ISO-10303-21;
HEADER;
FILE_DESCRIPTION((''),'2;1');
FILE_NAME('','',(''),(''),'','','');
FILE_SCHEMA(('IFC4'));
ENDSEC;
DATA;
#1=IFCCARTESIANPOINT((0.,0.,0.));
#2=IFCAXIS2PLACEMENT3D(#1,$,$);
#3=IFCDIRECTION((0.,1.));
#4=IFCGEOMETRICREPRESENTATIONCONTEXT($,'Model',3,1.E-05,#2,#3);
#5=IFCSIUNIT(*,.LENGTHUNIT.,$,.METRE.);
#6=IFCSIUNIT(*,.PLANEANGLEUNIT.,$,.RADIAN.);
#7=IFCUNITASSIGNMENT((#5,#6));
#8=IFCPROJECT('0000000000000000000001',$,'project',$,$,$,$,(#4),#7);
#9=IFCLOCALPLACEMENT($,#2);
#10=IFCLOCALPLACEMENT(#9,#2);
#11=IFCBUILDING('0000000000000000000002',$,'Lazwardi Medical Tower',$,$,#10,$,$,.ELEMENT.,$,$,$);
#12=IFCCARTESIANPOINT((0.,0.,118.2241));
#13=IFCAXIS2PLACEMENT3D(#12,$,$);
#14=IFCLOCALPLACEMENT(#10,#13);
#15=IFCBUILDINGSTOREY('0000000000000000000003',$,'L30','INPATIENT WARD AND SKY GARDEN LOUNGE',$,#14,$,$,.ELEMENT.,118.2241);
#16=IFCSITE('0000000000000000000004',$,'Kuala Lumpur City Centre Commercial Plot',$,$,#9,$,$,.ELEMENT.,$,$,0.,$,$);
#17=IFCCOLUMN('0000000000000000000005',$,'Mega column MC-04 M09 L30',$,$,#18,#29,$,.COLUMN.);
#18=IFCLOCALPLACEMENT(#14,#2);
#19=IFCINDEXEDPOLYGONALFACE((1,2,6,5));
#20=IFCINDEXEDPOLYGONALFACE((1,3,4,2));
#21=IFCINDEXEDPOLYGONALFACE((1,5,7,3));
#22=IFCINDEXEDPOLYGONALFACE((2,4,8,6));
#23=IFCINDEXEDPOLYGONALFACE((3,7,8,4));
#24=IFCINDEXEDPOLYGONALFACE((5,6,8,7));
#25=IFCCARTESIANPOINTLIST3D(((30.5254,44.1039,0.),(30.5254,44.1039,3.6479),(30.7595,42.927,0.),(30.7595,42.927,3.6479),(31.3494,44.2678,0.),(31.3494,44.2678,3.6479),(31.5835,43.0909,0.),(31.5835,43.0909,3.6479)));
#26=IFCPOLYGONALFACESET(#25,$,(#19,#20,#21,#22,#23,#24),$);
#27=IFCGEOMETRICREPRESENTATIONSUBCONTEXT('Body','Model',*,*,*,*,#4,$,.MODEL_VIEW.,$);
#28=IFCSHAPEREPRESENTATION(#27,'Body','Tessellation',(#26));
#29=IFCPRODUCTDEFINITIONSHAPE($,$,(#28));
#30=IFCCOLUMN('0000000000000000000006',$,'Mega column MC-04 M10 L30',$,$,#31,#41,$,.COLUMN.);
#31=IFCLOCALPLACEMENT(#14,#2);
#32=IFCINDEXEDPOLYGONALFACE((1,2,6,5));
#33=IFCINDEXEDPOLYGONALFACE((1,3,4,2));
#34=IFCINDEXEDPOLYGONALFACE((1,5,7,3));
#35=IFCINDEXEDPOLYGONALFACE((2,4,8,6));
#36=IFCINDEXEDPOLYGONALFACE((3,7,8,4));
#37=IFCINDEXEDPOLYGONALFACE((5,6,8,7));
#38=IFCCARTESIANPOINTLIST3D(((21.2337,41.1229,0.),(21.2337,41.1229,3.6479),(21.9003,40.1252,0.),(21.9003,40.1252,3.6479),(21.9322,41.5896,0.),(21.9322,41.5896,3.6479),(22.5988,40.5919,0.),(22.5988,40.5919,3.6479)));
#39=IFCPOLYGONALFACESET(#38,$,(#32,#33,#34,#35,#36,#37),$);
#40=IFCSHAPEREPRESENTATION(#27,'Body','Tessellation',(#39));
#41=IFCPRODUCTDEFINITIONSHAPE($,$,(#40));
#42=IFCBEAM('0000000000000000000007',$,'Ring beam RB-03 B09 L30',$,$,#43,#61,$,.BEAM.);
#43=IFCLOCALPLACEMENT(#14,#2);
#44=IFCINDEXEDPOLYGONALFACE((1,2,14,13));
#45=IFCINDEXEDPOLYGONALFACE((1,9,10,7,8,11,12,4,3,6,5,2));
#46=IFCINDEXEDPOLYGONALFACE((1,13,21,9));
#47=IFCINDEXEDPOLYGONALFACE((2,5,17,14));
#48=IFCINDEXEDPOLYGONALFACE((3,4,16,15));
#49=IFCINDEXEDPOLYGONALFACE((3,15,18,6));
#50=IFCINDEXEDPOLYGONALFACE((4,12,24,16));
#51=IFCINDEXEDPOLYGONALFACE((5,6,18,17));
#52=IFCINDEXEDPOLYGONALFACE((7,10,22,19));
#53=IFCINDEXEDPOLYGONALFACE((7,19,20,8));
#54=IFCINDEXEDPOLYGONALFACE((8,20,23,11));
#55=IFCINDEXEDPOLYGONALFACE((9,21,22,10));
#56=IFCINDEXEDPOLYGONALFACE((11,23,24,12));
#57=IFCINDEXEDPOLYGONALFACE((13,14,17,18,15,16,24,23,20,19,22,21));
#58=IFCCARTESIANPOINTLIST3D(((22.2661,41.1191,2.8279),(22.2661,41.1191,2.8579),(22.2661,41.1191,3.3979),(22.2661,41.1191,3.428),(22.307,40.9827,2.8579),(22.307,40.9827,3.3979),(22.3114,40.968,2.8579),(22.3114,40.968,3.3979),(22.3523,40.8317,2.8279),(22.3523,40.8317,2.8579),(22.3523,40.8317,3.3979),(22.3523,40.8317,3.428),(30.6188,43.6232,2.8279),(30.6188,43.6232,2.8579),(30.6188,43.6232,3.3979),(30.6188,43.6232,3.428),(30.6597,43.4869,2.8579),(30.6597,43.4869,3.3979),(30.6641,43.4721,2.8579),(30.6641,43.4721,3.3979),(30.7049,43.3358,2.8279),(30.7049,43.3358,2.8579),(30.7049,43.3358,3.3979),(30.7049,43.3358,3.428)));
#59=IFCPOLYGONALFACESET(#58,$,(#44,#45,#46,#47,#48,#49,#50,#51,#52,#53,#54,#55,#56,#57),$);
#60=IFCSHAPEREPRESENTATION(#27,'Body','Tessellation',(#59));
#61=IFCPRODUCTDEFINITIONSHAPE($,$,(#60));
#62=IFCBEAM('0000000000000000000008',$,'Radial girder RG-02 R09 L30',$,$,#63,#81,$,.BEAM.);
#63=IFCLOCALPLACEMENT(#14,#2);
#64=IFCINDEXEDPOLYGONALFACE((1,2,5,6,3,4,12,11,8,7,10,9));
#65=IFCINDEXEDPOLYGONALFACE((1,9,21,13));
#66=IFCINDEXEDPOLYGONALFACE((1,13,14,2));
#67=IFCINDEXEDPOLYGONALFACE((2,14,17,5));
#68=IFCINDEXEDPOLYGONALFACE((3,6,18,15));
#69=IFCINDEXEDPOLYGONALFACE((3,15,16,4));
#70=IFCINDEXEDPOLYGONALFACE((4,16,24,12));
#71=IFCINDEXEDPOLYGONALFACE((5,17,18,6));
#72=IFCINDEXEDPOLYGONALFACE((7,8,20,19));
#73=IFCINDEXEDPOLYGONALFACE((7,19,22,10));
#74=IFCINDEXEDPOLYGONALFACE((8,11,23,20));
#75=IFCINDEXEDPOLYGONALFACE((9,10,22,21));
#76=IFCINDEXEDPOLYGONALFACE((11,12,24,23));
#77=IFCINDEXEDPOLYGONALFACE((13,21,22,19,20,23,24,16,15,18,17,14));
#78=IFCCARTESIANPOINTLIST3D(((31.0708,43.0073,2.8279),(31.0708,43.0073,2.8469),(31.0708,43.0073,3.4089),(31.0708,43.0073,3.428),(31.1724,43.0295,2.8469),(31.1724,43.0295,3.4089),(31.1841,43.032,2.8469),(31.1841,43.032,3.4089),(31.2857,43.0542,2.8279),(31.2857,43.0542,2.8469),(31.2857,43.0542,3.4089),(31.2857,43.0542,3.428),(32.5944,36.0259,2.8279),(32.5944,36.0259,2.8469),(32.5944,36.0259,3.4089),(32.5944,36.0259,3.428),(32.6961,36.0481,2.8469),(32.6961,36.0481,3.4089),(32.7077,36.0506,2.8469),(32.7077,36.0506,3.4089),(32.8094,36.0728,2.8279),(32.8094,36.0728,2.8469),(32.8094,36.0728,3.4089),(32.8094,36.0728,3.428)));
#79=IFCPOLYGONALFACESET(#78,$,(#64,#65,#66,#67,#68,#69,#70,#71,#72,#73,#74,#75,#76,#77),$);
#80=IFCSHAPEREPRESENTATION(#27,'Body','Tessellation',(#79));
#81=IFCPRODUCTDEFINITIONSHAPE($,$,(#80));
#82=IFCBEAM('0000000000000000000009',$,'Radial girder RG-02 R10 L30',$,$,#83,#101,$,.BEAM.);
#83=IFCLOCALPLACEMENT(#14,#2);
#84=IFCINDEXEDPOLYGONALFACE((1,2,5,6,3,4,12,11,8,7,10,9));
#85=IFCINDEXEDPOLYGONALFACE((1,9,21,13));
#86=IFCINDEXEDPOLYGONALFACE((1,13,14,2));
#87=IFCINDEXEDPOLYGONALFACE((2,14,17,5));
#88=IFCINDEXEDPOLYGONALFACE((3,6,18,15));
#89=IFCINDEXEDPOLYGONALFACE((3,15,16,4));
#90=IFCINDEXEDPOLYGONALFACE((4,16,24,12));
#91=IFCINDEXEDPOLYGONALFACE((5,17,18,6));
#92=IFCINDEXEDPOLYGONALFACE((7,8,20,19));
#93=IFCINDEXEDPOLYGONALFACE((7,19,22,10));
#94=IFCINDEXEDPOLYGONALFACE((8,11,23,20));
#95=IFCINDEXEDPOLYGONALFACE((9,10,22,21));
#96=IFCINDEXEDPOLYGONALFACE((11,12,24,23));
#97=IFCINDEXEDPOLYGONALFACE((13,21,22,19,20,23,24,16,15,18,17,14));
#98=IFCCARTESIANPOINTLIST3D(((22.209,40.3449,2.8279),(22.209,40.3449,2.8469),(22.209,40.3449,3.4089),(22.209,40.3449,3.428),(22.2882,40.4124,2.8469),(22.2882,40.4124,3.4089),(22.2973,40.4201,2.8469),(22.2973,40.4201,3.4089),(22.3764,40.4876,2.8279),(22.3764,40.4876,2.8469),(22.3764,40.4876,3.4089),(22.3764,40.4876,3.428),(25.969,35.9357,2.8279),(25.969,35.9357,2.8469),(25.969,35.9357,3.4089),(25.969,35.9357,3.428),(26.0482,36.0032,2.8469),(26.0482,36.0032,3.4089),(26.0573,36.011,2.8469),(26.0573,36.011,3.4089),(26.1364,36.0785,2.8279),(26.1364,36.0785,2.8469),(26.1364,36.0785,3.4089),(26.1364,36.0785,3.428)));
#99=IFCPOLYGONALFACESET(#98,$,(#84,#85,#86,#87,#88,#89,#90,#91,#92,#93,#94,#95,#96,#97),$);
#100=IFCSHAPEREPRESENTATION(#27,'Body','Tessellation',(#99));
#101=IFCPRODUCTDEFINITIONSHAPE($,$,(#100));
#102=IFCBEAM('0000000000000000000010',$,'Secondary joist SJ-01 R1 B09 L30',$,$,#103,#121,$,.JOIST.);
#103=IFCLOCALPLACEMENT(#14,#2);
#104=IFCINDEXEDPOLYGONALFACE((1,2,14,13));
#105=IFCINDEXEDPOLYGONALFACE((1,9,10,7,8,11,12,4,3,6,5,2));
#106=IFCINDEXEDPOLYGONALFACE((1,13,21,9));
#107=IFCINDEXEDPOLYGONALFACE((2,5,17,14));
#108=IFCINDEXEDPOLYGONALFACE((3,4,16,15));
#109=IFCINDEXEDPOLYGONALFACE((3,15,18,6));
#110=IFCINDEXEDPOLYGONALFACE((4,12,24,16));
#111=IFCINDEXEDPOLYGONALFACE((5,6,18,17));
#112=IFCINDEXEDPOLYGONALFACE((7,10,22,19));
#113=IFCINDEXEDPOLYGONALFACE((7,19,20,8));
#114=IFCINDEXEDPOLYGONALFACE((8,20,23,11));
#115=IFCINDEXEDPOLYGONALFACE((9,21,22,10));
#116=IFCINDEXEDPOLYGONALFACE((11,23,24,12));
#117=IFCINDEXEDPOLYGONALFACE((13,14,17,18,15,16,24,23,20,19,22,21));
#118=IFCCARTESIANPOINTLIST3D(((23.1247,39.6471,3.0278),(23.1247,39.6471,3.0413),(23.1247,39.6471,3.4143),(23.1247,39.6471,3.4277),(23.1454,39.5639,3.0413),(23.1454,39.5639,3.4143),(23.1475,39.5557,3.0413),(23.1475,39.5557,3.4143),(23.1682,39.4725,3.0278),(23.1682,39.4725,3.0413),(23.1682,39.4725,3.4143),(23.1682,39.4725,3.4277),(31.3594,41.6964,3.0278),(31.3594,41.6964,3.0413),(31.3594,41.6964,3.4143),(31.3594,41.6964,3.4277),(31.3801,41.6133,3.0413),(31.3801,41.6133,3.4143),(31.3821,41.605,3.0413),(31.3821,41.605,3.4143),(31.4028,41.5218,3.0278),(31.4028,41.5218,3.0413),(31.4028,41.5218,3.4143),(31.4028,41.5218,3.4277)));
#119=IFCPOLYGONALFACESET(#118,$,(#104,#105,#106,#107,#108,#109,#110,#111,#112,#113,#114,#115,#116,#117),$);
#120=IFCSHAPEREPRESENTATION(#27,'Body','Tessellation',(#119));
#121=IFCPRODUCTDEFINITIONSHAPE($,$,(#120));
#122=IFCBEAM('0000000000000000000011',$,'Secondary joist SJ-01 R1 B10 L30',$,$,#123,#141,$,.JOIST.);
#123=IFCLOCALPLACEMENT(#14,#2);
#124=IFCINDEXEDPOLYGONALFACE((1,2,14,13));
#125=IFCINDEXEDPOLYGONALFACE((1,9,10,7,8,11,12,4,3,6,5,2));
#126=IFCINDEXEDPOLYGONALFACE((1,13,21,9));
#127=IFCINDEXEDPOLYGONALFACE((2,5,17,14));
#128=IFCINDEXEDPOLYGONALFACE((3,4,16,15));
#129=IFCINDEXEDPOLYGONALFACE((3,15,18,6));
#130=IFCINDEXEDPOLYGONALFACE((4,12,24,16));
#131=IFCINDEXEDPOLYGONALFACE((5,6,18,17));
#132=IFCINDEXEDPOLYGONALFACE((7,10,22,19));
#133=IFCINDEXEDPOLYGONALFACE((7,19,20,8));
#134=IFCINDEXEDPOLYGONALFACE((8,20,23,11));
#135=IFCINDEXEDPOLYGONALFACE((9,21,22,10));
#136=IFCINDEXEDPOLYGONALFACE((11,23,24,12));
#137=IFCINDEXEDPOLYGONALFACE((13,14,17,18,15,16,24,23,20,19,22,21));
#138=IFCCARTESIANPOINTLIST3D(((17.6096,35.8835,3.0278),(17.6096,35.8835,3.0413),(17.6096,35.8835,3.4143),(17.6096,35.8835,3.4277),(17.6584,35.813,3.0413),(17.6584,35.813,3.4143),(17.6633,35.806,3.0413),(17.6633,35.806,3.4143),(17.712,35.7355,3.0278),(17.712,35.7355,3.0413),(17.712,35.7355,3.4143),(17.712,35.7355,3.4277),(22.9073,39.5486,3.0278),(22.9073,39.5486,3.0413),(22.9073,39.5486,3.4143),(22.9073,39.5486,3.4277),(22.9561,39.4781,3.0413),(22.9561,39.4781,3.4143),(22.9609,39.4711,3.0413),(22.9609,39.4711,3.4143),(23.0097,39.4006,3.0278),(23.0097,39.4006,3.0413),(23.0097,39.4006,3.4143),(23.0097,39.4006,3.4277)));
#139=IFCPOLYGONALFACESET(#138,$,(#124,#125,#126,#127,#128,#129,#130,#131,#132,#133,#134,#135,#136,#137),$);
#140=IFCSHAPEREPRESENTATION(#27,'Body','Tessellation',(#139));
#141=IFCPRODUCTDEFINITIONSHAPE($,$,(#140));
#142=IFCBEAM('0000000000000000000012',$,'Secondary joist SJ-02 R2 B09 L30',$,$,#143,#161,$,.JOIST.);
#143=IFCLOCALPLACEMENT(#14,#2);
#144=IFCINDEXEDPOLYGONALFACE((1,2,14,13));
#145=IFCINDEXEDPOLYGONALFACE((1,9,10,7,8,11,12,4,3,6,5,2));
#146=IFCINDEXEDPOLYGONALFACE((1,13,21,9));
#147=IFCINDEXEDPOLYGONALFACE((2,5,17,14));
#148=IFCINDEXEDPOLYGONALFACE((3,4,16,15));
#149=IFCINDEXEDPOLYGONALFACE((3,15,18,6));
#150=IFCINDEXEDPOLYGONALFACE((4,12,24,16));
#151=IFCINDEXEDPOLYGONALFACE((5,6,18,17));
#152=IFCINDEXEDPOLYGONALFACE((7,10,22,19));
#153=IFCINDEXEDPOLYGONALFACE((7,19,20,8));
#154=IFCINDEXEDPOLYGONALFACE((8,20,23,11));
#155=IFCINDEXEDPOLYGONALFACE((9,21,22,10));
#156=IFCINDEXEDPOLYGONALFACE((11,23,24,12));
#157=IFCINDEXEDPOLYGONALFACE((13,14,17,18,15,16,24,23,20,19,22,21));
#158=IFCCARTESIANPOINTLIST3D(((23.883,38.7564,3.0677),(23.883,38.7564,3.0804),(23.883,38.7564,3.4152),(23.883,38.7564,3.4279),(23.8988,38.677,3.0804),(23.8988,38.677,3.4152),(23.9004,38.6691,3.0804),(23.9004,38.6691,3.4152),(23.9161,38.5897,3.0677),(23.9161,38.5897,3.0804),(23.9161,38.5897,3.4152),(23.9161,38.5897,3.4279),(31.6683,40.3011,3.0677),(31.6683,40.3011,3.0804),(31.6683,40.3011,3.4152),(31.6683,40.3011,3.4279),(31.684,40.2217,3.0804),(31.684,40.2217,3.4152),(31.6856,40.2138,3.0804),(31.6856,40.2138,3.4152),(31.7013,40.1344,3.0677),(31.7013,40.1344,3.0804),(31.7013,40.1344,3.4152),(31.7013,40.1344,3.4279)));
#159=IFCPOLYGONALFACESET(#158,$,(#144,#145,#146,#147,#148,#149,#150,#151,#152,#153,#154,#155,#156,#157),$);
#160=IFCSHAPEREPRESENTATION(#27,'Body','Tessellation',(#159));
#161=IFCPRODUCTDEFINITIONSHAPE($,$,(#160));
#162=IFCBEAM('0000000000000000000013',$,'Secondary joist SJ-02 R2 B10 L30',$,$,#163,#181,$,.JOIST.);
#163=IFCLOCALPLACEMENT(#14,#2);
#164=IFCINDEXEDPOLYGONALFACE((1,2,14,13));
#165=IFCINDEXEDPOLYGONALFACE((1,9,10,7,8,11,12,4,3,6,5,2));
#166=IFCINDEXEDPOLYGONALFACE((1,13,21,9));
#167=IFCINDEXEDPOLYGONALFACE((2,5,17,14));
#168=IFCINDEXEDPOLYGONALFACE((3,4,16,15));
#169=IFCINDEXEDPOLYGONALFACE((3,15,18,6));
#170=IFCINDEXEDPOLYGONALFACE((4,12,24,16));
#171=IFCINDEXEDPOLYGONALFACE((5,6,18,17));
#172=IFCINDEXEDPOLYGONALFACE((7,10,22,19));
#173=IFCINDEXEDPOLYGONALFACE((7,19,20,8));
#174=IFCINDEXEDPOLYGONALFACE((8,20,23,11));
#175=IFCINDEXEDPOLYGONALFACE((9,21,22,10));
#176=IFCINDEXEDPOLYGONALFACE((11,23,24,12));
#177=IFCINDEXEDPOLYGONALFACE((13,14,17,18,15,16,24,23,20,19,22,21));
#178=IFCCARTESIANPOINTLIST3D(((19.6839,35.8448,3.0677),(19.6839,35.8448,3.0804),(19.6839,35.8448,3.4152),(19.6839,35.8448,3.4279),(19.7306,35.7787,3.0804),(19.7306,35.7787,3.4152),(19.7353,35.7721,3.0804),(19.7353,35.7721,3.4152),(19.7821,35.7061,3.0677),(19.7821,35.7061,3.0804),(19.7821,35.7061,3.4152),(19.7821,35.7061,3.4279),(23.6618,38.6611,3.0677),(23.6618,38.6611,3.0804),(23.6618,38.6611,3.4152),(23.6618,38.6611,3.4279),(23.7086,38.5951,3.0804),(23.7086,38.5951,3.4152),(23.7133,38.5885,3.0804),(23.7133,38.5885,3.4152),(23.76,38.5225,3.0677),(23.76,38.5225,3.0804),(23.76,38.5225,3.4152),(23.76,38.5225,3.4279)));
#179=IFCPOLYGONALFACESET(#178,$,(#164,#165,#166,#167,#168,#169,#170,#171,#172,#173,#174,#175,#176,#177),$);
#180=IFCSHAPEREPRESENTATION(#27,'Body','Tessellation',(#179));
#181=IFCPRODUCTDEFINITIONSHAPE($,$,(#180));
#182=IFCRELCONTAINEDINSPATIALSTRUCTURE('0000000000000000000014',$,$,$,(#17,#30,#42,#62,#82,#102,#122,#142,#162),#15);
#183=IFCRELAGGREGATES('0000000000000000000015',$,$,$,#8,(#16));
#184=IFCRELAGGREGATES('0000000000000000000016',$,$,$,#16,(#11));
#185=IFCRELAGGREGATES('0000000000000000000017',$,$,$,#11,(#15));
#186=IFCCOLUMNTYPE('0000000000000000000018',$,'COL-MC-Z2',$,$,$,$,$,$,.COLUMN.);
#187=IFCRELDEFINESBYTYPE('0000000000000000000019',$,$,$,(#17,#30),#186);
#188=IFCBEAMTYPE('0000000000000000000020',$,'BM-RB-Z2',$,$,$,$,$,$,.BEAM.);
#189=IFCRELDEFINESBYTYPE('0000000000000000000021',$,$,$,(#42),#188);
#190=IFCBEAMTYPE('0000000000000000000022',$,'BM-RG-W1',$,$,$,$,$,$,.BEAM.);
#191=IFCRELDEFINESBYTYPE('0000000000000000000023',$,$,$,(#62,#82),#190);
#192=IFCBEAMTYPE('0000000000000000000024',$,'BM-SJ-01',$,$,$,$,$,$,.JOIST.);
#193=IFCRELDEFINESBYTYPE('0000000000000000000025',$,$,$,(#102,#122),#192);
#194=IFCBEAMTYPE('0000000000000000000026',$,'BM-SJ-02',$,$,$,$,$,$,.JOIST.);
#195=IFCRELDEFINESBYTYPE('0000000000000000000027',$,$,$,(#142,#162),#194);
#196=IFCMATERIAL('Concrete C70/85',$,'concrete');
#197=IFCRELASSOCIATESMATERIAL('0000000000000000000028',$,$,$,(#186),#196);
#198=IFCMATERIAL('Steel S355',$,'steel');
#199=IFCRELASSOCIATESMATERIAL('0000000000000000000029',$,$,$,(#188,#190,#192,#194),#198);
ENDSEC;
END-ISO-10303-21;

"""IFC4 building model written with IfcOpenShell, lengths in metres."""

from ifc_helpers import new_model, si_unit, direction, frame, origin, origin_2d, place, context, subcontext, project, spatial, rectangle, i_section, extrude, material, material_profile, profile_set, type_object, element, save


model = new_model("IFC4")

# Units and contexts
model_context = context("Model", 3, precision=1e-05, world=origin(), true_north=direction((0.0, 1.0)))
body_context = subcontext(model_context, "Body", "Model", "MODEL_VIEW")
ifc_project = project(units=[si_unit("LENGTHUNIT", "METRE"), si_unit("PLANEANGLEUNIT", "RADIAN")], contexts=[model_context])

# Site, building, storey
site_placement = place(None, origin())
site = spatial("IfcSite", under=ifc_project, at=site_placement, Name="Kuala Lumpur City Centre Commercial Plot", CompositionType="ELEMENT", RefElevation=0.0)
building_placement = place(site_placement, origin())
building = spatial("IfcBuilding", under=site, at=building_placement, Name="Lazwardi Medical Tower", CompositionType="ELEMENT")
storey_placement = place(building_placement, frame((0.0, 0.0, 118.2241)))
storey = spatial("IfcBuildingStorey", under=building, at=storey_placement, Name="L30", Description="INPATIENT WARD AND SKY GARDEN LOUNGE", CompositionType="ELEMENT", Elevation=118.2241)

# Columns
ifc_material_1 = material(Name="Concrete C70/85", Category="concrete")
ifc_material_profile_1 = material_profile(ifc_material_1, rectangle(XDim=1.2, YDim=0.8401, at=origin_2d()), Name="CFT-RECT 1200x840")
ifc_profile_set_1 = profile_set([ifc_material_profile_1], Name="Concrete C70/85")
column_type = type_object("IfcColumnType", Name="COL-MC-Z2", PredefinedType="COLUMN", material=ifc_profile_set_1)
for number, where, z_axis, x_axis, name in (
    (1, (31.0544, 43.5974, 0.0), (0.0, 0.0, 1.0), (-0.19509, 0.980785, 0.0), "Mega column MC-04 M09 L30"),
    (2, (21.9163, 40.8574, 0.0), (0.0, 0.0, 1.0), (-0.55557, 0.83147, 0.0), "Mega column MC-04 M10 L30"),
):
    element("IfcColumn", number, at=place(storey_placement, frame(where, z_axis=z_axis, x_axis=x_axis)), inside=storey, type_object=column_type, Name=name, PredefinedType="COLUMN", context=body_context, shape_type="SweptSolid", body=[
        extrude(rectangle(XDim=1.2, YDim=0.8401, at=origin_2d()), origin(), (0.0, 0.0, 1.0), 3.6479),
    ])

# Beams
ifc_material_2 = material(Name="Steel S355", Category="steel")
ifc_material_profile_2 = material_profile(ifc_material_2, i_section(OverallWidth=0.3, OverallDepth=0.6001, WebThickness=0.0154, FlangeThickness=0.03, at=origin_2d()), Name="HEB 600")
ifc_profile_set_2 = profile_set([ifc_material_profile_2], Name="Steel S355")
beam_type_1 = type_object("IfcBeamType", Name="BM-RB-Z2", PredefinedType="BEAM", material=ifc_profile_set_2)
beam_1_placement = place(storey_placement, frame((30.6619, 43.4795, 3.1279), z_axis=(-0.957879, -0.287171, 0.0), x_axis=(0.287171, -0.957879, 0.0)))
element("IfcBeam", 3, at=beam_1_placement, inside=storey, type_object=beam_type_1, Name="Ring beam RB-03 B09 L30", PredefinedType="BEAM", context=body_context, shape_type="SweptSolid", body=[
    extrude(i_section(OverallWidth=0.3, OverallDepth=0.6001, WebThickness=0.0154, FlangeThickness=0.03, at=origin_2d()), origin(), (0.0, 0.0, 1.0), 8.72),
])
ifc_material_profile_3 = material_profile(ifc_material_2, i_section(OverallWidth=0.22, OverallDepth=0.6001, WebThickness=0.012, FlangeThickness=0.019, at=origin_2d()), Name="IPE 600")
ifc_profile_set_3 = profile_set([ifc_material_profile_3], Name="Steel S355")
beam_type_2 = type_object("IfcBeamType", Name="BM-RG-W1", PredefinedType="BEAM", material=ifc_profile_set_3)
beam_2_placement = place(storey_placement, frame((31.1782, 43.0308, 3.1279), z_axis=(0.213228, -0.977002, 0.0), x_axis=(0.977002, 0.213228, 0.0)))
element("IfcBeam", 4, at=beam_2_placement, inside=storey, type_object=beam_type_2, Name="Radial girder RG-02 R09 L30", PredefinedType="BEAM", context=body_context, shape_type="SweptSolid", body=[
    extrude(i_section(OverallWidth=0.22, OverallDepth=0.6001, WebThickness=0.012, FlangeThickness=0.019, at=origin_2d()), origin(), (0.0, 0.0, 1.0), 7.1458),
])
beam_3_placement = place(storey_placement, frame((22.2927, 40.4163, 3.1279), z_axis=(0.648871, -0.760899, 0.0), x_axis=(0.760899, 0.648871, 0.0)))
element("IfcBeam", 5, at=beam_3_placement, inside=storey, type_object=beam_type_2, Name="Radial girder RG-02 R10 L30", PredefinedType="BEAM", context=body_context, shape_type="SweptSolid", body=[
    extrude(i_section(OverallWidth=0.22, OverallDepth=0.6001, WebThickness=0.012, FlangeThickness=0.019, at=origin_2d()), origin(), (0.0, 0.0, 1.0), 5.7947),
])
ifc_material_profile_4 = material_profile(ifc_material_2, i_section(OverallWidth=0.1799, OverallDepth=0.3999, WebThickness=0.0085, FlangeThickness=0.0134, at=origin_2d()), Name="IPE 400")
ifc_profile_set_4 = profile_set([ifc_material_profile_4], Name="Steel S355")
beam_type_3 = type_object("IfcBeamType", Name="BM-SJ-01", PredefinedType="JOIST", material=ifc_profile_set_4)
beam_4_placement = place(storey_placement, frame((31.3811, 41.6091, 3.2278), z_axis=(-0.970401, -0.2415, 0.0), x_axis=(0.2415, -0.970401, 0.0)))
element("IfcBeam", 6, at=beam_4_placement, inside=storey, type_object=beam_type_3, Name="Secondary joist SJ-01 R1 B09 L30", PredefinedType="JOIST", context=body_context, shape_type="SweptSolid", body=[
    extrude(i_section(OverallWidth=0.1799, OverallDepth=0.3999, WebThickness=0.0085, FlangeThickness=0.0134, at=origin_2d()), origin(), (0.0, 0.0, 1.0), 8.4858),
])
beam_5_placement = place(storey_placement, frame((22.9585, 39.4746, 3.2278), z_axis=(-0.822376, -0.568944, 0.0), x_axis=(0.568944, -0.822376, 0.0)))
element("IfcBeam", 7, at=beam_5_placement, inside=storey, type_object=beam_type_3, Name="Secondary joist SJ-01 R1 B10 L30", PredefinedType="JOIST", context=body_context, shape_type="SweptSolid", body=[
    extrude(i_section(OverallWidth=0.1799, OverallDepth=0.3999, WebThickness=0.0085, FlangeThickness=0.0134, at=origin_2d()), origin(), (0.0, 0.0, 1.0), 6.4419),
])
ifc_material_profile_5 = material_profile(ifc_material_2, i_section(OverallWidth=0.1699, OverallDepth=0.3601, WebThickness=0.0081, FlangeThickness=0.0127, at=origin_2d()), Name="IPE 360")
ifc_profile_set_5 = profile_set([ifc_material_profile_5], Name="Steel S355")
beam_type_4 = type_object("IfcBeamType", Name="BM-SJ-02", PredefinedType="JOIST", material=ifc_profile_set_5)
beam_6_placement = place(storey_placement, frame((31.6848, 40.2178, 3.2478), z_axis=(-0.980879, -0.194619, 0.0), x_axis=(0.194619, -0.980879, 0.0)))
element("IfcBeam", 8, at=beam_6_placement, inside=storey, type_object=beam_type_4, Name="Secondary joist SJ-02 R2 B09 L30", PredefinedType="JOIST", context=body_context, shape_type="SweptSolid", body=[
    extrude(i_section(OverallWidth=0.1699, OverallDepth=0.3601, WebThickness=0.0081, FlangeThickness=0.0127, at=origin_2d()), origin(), (0.0, 0.0, 1.0), 7.937),
])
beam_7_placement = place(storey_placement, frame((23.7109, 38.5918, 3.2478), z_axis=(-0.816156, -0.577831, 0.0), x_axis=(0.577831, -0.816156, 0.0)))
element("IfcBeam", 9, at=beam_7_placement, inside=storey, type_object=beam_type_4, Name="Secondary joist SJ-02 R2 B10 L30", PredefinedType="JOIST", context=body_context, shape_type="SweptSolid", body=[
    extrude(i_section(OverallWidth=0.1699, OverallDepth=0.3601, WebThickness=0.0081, FlangeThickness=0.0127, at=origin_2d()), origin(), (0.0, 0.0, 1.0), 4.874),
])

save(model, "model.ifc")
